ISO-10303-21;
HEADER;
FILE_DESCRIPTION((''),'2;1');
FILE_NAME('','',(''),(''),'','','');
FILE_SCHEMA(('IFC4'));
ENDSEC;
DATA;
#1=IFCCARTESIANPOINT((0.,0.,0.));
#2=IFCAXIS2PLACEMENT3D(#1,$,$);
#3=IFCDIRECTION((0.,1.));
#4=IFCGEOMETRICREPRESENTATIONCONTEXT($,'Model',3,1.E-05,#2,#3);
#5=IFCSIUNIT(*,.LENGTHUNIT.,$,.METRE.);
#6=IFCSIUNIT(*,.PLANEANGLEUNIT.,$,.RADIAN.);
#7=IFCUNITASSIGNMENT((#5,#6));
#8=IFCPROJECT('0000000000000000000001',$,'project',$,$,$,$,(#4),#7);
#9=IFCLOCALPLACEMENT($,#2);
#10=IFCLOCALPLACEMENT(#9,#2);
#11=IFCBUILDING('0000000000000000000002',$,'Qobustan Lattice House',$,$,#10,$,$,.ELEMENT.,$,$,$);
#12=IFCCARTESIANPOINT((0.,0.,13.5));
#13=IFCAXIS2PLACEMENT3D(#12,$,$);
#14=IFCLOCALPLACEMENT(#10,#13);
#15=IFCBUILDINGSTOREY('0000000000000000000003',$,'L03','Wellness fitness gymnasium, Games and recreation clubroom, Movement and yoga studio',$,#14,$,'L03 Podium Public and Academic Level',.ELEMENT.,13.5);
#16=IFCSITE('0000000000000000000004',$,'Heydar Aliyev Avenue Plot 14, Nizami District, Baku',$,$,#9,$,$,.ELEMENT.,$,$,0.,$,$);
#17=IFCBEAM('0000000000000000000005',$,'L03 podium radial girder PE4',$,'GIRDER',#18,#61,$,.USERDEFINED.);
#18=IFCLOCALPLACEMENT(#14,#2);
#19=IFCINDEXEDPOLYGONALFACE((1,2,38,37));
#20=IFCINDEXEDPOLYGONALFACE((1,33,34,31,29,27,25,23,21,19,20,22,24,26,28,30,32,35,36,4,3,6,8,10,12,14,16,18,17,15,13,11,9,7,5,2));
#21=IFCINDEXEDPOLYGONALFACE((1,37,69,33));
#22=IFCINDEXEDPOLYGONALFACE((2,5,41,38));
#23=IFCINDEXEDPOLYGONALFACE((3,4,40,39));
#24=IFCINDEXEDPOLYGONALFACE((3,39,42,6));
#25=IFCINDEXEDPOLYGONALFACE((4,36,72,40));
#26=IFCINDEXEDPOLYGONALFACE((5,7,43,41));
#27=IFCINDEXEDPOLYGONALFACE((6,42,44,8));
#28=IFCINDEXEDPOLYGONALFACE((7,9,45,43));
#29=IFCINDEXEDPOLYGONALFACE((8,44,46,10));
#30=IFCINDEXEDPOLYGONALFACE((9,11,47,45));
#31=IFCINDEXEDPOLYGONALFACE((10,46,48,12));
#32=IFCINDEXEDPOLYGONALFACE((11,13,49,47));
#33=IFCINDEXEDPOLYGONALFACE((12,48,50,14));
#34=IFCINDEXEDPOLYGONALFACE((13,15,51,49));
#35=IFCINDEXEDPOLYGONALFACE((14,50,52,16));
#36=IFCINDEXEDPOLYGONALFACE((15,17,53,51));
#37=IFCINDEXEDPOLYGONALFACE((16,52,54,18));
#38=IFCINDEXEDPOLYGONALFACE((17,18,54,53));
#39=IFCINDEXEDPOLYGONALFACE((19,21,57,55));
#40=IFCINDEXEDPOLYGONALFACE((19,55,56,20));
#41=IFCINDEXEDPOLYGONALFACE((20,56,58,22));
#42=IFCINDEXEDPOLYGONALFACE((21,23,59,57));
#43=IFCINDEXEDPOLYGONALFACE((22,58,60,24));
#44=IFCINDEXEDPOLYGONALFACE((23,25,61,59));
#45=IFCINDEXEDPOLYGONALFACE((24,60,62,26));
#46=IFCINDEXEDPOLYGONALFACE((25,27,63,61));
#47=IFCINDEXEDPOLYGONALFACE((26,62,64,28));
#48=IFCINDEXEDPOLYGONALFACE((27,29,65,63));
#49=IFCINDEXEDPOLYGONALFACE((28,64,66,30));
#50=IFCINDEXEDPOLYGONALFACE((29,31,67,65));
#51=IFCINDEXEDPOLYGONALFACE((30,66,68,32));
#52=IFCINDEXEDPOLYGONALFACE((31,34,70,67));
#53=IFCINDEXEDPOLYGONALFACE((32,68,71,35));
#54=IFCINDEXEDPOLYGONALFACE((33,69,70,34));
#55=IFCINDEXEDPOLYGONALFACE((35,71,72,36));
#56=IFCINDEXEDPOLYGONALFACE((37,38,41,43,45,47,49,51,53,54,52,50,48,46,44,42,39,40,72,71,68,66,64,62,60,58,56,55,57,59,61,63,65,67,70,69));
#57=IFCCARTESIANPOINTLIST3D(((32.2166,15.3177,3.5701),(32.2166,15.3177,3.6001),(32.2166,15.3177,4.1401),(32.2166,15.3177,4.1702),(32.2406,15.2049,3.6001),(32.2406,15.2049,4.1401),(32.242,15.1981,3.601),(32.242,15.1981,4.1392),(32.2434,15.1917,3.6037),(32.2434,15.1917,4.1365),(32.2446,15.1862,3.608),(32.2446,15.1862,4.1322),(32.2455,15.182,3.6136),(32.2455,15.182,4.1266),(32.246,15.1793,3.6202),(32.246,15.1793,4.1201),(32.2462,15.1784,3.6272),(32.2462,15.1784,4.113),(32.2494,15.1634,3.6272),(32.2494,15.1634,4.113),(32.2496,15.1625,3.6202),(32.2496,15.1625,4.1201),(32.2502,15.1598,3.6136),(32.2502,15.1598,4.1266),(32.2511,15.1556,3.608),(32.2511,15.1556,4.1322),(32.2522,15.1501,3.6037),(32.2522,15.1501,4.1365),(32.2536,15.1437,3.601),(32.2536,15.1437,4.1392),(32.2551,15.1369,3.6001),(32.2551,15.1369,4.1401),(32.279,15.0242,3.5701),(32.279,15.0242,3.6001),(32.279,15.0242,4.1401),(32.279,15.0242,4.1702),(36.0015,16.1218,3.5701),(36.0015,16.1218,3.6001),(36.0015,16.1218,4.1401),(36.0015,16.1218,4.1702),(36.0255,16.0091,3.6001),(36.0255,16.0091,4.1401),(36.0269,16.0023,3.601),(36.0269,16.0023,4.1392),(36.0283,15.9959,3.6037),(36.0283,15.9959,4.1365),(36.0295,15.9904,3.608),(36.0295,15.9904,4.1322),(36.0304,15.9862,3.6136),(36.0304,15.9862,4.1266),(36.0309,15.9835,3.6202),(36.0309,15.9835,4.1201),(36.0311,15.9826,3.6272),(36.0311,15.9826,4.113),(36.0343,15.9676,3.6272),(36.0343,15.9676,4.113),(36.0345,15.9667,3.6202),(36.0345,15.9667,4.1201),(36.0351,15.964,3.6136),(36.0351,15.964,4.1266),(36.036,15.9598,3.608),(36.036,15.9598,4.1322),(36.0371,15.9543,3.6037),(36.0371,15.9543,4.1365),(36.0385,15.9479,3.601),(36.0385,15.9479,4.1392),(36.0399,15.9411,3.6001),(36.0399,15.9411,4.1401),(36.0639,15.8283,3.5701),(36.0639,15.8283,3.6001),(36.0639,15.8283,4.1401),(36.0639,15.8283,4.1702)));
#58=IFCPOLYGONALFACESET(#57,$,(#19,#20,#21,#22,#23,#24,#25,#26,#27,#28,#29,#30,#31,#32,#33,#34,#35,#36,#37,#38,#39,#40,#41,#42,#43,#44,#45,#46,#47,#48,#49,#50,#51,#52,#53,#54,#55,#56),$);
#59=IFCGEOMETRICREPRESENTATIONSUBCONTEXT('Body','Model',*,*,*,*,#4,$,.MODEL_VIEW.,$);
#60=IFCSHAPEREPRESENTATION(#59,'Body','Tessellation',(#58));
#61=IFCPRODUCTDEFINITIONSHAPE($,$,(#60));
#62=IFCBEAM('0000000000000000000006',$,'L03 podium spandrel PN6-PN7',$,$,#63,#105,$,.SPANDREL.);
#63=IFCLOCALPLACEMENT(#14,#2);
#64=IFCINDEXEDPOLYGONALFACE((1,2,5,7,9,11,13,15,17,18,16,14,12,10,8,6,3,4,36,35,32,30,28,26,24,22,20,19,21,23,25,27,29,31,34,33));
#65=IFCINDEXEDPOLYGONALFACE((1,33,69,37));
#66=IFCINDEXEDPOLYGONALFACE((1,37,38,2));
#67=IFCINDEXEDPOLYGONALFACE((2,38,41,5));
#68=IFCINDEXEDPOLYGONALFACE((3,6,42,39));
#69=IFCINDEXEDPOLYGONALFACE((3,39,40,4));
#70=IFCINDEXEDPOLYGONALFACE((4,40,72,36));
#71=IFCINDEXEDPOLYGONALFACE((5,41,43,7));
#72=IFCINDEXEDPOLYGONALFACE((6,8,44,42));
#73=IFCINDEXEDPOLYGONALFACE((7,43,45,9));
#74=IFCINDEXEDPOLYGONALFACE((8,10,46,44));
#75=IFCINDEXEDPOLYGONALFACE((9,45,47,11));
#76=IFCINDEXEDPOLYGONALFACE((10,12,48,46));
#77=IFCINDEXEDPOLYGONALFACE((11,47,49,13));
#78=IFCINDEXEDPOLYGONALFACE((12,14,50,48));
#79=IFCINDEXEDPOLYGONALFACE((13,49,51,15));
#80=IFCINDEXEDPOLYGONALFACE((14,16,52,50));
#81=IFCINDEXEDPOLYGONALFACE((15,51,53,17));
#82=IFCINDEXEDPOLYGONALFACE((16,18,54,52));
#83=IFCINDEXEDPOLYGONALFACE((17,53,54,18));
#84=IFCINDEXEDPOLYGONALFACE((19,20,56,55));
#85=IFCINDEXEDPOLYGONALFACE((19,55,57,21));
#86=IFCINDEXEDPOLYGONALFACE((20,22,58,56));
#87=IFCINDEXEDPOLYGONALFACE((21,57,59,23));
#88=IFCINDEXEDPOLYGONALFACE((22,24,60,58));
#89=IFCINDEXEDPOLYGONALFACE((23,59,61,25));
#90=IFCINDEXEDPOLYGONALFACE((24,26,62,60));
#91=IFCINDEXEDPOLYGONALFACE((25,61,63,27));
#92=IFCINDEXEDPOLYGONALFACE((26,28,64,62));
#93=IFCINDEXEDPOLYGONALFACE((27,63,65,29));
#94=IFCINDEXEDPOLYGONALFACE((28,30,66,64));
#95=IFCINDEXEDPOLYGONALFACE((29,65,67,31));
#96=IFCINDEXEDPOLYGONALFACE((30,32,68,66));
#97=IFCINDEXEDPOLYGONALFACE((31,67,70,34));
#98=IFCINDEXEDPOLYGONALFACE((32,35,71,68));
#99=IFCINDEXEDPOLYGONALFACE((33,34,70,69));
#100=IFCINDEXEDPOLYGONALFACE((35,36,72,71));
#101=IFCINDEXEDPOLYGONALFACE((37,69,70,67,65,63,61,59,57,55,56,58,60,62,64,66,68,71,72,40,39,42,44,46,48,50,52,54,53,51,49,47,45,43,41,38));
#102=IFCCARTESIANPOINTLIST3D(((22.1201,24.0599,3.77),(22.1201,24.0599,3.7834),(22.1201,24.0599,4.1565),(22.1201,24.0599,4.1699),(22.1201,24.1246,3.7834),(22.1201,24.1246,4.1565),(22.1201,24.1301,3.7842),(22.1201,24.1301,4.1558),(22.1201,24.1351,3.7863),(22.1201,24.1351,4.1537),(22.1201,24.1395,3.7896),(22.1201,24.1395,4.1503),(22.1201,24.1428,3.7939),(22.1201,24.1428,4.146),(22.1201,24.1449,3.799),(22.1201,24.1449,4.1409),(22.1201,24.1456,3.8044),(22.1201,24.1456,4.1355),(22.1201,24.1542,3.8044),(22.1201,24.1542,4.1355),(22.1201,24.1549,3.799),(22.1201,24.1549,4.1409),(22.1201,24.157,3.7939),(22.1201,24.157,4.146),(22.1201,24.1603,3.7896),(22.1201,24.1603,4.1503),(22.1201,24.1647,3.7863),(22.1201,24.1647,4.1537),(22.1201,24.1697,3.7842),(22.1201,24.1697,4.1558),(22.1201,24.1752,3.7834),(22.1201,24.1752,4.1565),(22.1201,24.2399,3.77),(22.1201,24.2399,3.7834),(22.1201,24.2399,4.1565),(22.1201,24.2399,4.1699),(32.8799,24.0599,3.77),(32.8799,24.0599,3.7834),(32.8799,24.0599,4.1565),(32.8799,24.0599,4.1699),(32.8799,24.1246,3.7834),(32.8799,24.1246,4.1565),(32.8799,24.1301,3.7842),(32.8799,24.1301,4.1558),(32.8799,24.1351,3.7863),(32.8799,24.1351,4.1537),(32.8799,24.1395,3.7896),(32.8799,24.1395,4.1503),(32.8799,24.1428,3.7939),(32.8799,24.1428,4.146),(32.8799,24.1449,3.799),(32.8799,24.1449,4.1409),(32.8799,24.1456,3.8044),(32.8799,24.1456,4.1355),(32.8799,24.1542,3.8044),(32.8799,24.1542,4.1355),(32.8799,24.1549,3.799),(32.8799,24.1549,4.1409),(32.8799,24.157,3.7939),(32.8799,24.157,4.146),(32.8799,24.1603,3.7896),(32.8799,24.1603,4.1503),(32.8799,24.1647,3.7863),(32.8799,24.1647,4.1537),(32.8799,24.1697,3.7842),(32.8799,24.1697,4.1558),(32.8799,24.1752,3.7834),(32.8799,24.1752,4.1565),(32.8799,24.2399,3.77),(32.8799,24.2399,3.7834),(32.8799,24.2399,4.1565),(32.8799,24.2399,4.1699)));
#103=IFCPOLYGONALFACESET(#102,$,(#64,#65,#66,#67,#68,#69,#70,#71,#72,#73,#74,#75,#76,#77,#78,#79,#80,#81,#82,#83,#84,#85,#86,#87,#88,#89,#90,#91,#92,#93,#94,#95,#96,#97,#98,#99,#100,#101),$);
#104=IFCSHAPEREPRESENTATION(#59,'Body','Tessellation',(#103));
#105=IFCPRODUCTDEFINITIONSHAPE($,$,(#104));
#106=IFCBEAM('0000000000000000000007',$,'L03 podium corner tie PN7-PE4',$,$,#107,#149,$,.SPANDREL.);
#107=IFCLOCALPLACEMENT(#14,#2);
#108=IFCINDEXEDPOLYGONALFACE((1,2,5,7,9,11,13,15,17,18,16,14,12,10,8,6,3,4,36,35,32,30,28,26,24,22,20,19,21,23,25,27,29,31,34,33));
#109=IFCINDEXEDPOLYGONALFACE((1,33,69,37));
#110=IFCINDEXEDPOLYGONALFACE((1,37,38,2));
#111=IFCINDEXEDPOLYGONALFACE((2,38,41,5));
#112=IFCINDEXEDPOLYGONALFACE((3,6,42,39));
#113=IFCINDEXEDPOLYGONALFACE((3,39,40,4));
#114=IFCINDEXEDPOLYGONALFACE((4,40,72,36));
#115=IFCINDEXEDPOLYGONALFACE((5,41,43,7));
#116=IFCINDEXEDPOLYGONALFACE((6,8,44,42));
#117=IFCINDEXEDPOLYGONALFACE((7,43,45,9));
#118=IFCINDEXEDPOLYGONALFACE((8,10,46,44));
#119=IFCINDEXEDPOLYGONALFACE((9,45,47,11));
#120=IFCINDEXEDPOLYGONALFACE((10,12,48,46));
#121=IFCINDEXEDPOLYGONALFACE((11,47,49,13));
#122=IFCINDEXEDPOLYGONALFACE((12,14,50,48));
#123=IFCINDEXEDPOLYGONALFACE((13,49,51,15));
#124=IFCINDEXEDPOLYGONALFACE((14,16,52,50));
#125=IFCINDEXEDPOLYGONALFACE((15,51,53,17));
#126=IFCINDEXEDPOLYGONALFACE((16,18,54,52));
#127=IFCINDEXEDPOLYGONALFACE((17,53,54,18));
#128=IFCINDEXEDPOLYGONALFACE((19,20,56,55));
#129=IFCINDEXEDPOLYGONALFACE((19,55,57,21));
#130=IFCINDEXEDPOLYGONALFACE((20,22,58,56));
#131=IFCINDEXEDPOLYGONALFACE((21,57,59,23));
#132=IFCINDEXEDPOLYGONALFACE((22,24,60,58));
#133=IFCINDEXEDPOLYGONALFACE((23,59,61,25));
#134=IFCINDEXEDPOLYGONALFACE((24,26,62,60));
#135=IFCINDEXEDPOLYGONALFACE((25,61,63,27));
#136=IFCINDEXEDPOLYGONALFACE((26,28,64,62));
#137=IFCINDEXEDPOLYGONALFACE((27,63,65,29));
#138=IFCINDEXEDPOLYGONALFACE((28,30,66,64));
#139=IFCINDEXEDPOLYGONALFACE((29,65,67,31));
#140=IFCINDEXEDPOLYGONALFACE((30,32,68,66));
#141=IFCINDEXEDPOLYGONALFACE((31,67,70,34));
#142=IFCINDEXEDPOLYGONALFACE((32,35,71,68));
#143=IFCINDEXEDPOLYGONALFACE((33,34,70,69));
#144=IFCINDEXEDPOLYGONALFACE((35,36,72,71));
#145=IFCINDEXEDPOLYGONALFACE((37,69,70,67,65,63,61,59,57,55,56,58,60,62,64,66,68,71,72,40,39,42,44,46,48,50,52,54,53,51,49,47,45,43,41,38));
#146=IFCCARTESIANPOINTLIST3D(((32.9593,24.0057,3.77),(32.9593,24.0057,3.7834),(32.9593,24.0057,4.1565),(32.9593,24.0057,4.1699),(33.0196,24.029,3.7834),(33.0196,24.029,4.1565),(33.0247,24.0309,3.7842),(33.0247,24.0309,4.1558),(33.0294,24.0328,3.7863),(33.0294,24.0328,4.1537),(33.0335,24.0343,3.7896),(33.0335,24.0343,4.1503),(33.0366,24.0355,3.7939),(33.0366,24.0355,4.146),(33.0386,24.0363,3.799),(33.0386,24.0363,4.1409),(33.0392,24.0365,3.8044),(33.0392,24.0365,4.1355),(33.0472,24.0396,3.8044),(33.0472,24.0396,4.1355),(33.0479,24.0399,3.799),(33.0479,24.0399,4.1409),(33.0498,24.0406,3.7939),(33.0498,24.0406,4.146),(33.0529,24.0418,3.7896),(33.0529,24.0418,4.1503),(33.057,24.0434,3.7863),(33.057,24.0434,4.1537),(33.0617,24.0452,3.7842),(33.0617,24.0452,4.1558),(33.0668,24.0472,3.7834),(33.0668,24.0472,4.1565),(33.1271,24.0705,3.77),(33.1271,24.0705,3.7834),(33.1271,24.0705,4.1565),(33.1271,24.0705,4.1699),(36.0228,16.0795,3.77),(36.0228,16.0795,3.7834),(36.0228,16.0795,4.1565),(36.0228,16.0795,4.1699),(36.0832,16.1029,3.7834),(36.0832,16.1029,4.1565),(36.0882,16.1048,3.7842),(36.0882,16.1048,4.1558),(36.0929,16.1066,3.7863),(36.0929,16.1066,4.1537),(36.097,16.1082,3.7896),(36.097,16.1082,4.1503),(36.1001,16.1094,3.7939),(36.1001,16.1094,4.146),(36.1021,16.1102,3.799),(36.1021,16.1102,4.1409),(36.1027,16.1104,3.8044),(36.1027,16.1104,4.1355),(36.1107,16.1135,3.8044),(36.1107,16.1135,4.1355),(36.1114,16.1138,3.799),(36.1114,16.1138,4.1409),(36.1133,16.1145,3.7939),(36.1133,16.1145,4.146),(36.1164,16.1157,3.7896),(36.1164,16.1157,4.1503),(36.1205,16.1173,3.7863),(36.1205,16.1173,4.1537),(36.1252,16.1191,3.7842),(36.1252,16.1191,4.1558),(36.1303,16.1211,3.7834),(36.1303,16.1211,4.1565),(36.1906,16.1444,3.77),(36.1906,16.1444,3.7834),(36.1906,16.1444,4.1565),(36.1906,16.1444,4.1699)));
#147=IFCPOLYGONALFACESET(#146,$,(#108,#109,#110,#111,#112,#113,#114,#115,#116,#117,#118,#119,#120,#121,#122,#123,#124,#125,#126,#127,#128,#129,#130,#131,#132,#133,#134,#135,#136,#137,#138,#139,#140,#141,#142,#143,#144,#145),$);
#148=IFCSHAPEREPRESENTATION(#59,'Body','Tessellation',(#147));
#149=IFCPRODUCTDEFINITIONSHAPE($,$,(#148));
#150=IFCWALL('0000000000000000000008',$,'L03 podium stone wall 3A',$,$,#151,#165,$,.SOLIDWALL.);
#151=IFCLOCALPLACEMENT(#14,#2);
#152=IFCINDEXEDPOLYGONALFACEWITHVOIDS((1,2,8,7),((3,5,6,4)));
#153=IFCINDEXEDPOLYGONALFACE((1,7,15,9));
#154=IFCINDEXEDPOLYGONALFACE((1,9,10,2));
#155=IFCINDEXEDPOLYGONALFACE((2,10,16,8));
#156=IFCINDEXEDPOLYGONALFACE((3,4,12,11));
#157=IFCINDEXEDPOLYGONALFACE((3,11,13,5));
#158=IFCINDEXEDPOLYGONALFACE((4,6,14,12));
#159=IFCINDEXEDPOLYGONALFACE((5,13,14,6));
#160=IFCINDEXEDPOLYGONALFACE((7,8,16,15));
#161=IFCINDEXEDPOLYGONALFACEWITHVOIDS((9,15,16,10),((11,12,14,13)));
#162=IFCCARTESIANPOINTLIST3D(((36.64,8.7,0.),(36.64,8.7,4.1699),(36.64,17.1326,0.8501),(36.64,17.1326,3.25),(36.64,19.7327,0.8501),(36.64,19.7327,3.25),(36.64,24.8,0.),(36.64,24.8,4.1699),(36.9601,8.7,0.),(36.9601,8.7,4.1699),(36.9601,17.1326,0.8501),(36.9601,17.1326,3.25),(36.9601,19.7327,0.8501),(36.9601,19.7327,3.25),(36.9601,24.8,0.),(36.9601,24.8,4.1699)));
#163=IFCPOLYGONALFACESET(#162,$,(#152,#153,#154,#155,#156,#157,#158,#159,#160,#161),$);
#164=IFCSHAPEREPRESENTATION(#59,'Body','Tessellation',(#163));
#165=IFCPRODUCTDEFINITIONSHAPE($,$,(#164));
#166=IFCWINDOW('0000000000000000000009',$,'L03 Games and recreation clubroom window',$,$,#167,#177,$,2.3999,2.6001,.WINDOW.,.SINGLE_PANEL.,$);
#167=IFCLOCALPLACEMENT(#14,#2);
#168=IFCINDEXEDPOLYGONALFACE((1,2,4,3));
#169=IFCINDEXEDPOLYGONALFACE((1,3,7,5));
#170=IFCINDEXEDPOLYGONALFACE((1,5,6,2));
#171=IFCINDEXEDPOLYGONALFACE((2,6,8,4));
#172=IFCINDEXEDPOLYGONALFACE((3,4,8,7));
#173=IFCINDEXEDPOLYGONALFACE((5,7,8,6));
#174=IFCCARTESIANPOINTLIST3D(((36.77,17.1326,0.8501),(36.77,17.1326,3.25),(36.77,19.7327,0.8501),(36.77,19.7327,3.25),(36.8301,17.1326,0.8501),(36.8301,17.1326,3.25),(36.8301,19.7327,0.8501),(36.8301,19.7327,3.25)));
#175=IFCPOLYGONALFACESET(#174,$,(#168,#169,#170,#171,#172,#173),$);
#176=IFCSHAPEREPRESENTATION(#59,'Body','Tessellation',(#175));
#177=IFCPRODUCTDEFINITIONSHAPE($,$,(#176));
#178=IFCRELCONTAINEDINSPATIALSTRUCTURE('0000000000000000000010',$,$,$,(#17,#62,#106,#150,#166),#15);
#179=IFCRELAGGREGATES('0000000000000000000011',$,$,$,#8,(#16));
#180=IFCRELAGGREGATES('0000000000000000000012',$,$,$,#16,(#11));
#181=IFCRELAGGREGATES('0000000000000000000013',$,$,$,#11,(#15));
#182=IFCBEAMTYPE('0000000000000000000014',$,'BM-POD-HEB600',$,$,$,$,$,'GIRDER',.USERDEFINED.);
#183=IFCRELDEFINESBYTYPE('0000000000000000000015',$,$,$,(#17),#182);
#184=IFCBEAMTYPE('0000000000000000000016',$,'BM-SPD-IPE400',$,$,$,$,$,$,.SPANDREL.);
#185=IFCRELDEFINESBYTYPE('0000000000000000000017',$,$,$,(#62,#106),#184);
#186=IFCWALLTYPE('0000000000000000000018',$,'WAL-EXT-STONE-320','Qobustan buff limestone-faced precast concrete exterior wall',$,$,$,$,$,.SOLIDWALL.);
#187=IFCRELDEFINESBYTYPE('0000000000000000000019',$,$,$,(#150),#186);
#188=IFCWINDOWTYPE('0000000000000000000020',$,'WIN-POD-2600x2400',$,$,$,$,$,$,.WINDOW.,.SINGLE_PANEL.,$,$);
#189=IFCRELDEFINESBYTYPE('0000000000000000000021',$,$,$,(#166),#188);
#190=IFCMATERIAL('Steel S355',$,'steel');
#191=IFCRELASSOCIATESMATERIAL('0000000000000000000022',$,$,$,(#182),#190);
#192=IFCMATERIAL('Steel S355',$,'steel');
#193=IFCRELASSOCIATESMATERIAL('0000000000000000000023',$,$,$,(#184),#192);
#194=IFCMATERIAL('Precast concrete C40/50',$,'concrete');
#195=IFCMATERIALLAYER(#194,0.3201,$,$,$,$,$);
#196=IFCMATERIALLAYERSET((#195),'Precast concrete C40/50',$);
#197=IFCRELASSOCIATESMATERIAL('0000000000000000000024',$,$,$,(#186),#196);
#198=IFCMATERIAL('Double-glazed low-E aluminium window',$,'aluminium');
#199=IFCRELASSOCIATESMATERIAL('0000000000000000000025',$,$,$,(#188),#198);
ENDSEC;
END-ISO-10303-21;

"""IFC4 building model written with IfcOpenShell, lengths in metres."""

from ifc_helpers import new_model, si_unit, direction, frame, frame_2d, origin, origin_2d, place, context, subcontext, project, spatial, rectangle, i_section, extrude, material, layer, layer_set, material_profile, profile_set, type_object, element, fill, save


model = new_model("IFC4")

# Units and contexts
model_context = context("Model", 3, precision=1e-05, world=origin(), true_north=direction((0.0, 1.0)))
body_context = subcontext(model_context, "Body", "Model", "MODEL_VIEW")
ifc_project = project(units=[si_unit("LENGTHUNIT", "METRE"), si_unit("PLANEANGLEUNIT", "RADIAN")], contexts=[model_context])

# Site, building, storey
site_placement = place(None, origin())
site = spatial("IfcSite", under=ifc_project, at=site_placement, Name="Heydar Aliyev Avenue Plot 14, Nizami District, Baku", CompositionType="ELEMENT", RefElevation=0.0)
building_placement = place(site_placement, origin())
building = spatial("IfcBuilding", under=site, at=building_placement, Name="Qobustan Lattice House", CompositionType="ELEMENT")
storey_placement = place(building_placement, frame((0.0, 0.0, 13.5)))
storey = spatial("IfcBuildingStorey", under=building, at=storey_placement, Name="L03", Description="Wellness fitness gymnasium, Games and recreation clubroom, Movement and yoga studio", LongName="L03 Podium Public and Academic Level", CompositionType="ELEMENT", Elevation=13.5)

# Beams
ifc_material_1 = material(Name="Steel S355", Category="steel")
ifc_material_profile_1 = material_profile(ifc_material_1, i_section(OverallWidth=0.3, OverallDepth=0.6001, WebThickness=0.0154, FlangeThickness=0.03, FilletRadius=0.0271, at=origin_2d()), Name="HEB600")
ifc_profile_set_1 = profile_set([ifc_material_profile_1], Name="Steel S355")
beam_type_1 = type_object("IfcBeamType", Name="BM-POD-HEB600", ElementType="GIRDER", PredefinedType="USERDEFINED", material=ifc_profile_set_1)
beam_1_placement = place(storey_placement, frame((36.0327, 15.9751, 3.8701), z_axis=(-0.978164, -0.207835, 0.0), x_axis=(0.207835, -0.978164, 0.0)))
element("IfcBeam", 1, at=beam_1_placement, inside=storey, type_object=beam_type_1, Name="L03 podium radial girder PE4", ObjectType="GIRDER", PredefinedType="USERDEFINED", context=body_context, shape_type="SweptSolid", body=[
    extrude(i_section(OverallWidth=0.3, OverallDepth=0.6001, WebThickness=0.0154, FlangeThickness=0.03, FilletRadius=0.0271, at=origin_2d()), origin(), (0.0, 0.0, 1.0), 3.8694),
])
ifc_material_2 = material(Name="Steel S355", Category="steel")
ifc_material_profile_2 = material_profile(ifc_material_2, i_section(OverallWidth=0.1799, OverallDepth=0.3999, WebThickness=0.0085, FlangeThickness=0.0134, FilletRadius=0.021, at=origin_2d()), Name="IPE400")
ifc_profile_set_2 = profile_set([ifc_material_profile_2], Name="Steel S355")
beam_type_2 = type_object("IfcBeamType", Name="BM-SPD-IPE400", PredefinedType="SPANDREL", material=ifc_profile_set_2)
beam_2_placement = place(storey_placement, frame((22.1201, 24.1499, 3.97), z_axis=(1.0, 0.0, 0.0), x_axis=(0.0, 1.0, 0.0)))
element("IfcBeam", 2, at=beam_2_placement, inside=storey, type_object=beam_type_2, Name="L03 podium spandrel PN6-PN7", PredefinedType="SPANDREL", context=body_context, shape_type="SweptSolid", body=[
    extrude(i_section(OverallWidth=0.1799, OverallDepth=0.3999, WebThickness=0.0085, FlangeThickness=0.0134, FilletRadius=0.021, at=origin_2d()), origin(), (0.0, 0.0, 1.0), 10.7598),
])
beam_3_placement = place(storey_placement, frame((33.0432, 24.0381, 3.97), z_axis=(0.360517, -0.932753, 0.0), x_axis=(0.932753, 0.360517, 0.0)))
element("IfcBeam", 3, at=beam_3_placement, inside=storey, type_object=beam_type_2, Name="L03 podium corner tie PN7-PE4", PredefinedType="SPANDREL", context=body_context, shape_type="SweptSolid", body=[
    extrude(i_section(OverallWidth=0.1799, OverallDepth=0.3999, WebThickness=0.0085, FlangeThickness=0.0134, FilletRadius=0.021, at=origin_2d()), origin(), (0.0, 0.0, 1.0), 8.4976),
])

# Wall, opening, window
ifc_material_3 = material(Name="Precast concrete C40/50", Category="concrete")
ifc_layer_1 = layer(ifc_material_3, 0.3201)
ifc_layer_set_1 = layer_set([ifc_layer_1], Name="Precast concrete C40/50")
wall_type_1 = type_object("IfcWallType", Name="WAL-EXT-STONE-320", Description="Qobustan buff limestone-faced precast concrete exterior wall", PredefinedType="SOLIDWALL", material=ifc_layer_set_1)
wall_1_placement = place(storey_placement, frame((36.8, 24.8, 0.0), z_axis=(0.0, 0.0, 1.0), x_axis=(0.0, -1.0, 0.0)))
wall_1 = element("IfcWall", 4, at=wall_1_placement, inside=storey, type_object=wall_type_1, Name="L03 podium stone wall 3A", PredefinedType="SOLIDWALL", context=body_context, shape_type="SweptSolid", body=[
    extrude(rectangle(XDim=16.1001, YDim=0.3201, at=frame_2d((8.05, 0.0))), origin(), (0.0, 0.0, 1.0), 4.1699),
])
opening_placement = place(wall_1_placement, frame((5.0674, 0.0, 0.8501)))
opening = element("IfcOpeningElement", 5, at=opening_placement, cuts=wall_1, PredefinedType="OPENING", context=body_context, shape_type="SweptSolid", body=[
    extrude(rectangle(XDim=2.6001, YDim=2.3999, at=frame_2d((1.3, 1.2))), frame((0.0, 0.1699, 0.0), z_axis=(0.0, -1.0, 0.0), x_axis=(1.0, 0.0, 0.0)), (0.0, 0.0, 1.0), 0.3401),
])
ifc_material_4 = material(Name="Double-glazed low-E aluminium window", Category="aluminium")
window_type = type_object("IfcWindowType", Name="WIN-POD-2600x2400", PartitioningType="SINGLE_PANEL", PredefinedType="WINDOW", material=ifc_material_4)
window_placement = place(opening_placement, origin())
window = element("IfcWindow", 6, at=window_placement, inside=storey, type_object=window_type, Name="L03 Games and recreation clubroom window", OverallHeight=2.3999, OverallWidth=2.6001, PartitioningType="SINGLE_PANEL", PredefinedType="WINDOW", context=body_context, shape_type="SweptSolid", body=[
    extrude(rectangle(XDim=2.6001, YDim=2.3999, at=frame_2d((1.3, 1.2))), frame((0.0, 0.03, 0.0), z_axis=(0.0, -1.0, 0.0), x_axis=(1.0, 0.0, 0.0)), (0.0, 0.0, 1.0), 0.0601),
])
fill(opening, window)

save(model, "model.ifc")
